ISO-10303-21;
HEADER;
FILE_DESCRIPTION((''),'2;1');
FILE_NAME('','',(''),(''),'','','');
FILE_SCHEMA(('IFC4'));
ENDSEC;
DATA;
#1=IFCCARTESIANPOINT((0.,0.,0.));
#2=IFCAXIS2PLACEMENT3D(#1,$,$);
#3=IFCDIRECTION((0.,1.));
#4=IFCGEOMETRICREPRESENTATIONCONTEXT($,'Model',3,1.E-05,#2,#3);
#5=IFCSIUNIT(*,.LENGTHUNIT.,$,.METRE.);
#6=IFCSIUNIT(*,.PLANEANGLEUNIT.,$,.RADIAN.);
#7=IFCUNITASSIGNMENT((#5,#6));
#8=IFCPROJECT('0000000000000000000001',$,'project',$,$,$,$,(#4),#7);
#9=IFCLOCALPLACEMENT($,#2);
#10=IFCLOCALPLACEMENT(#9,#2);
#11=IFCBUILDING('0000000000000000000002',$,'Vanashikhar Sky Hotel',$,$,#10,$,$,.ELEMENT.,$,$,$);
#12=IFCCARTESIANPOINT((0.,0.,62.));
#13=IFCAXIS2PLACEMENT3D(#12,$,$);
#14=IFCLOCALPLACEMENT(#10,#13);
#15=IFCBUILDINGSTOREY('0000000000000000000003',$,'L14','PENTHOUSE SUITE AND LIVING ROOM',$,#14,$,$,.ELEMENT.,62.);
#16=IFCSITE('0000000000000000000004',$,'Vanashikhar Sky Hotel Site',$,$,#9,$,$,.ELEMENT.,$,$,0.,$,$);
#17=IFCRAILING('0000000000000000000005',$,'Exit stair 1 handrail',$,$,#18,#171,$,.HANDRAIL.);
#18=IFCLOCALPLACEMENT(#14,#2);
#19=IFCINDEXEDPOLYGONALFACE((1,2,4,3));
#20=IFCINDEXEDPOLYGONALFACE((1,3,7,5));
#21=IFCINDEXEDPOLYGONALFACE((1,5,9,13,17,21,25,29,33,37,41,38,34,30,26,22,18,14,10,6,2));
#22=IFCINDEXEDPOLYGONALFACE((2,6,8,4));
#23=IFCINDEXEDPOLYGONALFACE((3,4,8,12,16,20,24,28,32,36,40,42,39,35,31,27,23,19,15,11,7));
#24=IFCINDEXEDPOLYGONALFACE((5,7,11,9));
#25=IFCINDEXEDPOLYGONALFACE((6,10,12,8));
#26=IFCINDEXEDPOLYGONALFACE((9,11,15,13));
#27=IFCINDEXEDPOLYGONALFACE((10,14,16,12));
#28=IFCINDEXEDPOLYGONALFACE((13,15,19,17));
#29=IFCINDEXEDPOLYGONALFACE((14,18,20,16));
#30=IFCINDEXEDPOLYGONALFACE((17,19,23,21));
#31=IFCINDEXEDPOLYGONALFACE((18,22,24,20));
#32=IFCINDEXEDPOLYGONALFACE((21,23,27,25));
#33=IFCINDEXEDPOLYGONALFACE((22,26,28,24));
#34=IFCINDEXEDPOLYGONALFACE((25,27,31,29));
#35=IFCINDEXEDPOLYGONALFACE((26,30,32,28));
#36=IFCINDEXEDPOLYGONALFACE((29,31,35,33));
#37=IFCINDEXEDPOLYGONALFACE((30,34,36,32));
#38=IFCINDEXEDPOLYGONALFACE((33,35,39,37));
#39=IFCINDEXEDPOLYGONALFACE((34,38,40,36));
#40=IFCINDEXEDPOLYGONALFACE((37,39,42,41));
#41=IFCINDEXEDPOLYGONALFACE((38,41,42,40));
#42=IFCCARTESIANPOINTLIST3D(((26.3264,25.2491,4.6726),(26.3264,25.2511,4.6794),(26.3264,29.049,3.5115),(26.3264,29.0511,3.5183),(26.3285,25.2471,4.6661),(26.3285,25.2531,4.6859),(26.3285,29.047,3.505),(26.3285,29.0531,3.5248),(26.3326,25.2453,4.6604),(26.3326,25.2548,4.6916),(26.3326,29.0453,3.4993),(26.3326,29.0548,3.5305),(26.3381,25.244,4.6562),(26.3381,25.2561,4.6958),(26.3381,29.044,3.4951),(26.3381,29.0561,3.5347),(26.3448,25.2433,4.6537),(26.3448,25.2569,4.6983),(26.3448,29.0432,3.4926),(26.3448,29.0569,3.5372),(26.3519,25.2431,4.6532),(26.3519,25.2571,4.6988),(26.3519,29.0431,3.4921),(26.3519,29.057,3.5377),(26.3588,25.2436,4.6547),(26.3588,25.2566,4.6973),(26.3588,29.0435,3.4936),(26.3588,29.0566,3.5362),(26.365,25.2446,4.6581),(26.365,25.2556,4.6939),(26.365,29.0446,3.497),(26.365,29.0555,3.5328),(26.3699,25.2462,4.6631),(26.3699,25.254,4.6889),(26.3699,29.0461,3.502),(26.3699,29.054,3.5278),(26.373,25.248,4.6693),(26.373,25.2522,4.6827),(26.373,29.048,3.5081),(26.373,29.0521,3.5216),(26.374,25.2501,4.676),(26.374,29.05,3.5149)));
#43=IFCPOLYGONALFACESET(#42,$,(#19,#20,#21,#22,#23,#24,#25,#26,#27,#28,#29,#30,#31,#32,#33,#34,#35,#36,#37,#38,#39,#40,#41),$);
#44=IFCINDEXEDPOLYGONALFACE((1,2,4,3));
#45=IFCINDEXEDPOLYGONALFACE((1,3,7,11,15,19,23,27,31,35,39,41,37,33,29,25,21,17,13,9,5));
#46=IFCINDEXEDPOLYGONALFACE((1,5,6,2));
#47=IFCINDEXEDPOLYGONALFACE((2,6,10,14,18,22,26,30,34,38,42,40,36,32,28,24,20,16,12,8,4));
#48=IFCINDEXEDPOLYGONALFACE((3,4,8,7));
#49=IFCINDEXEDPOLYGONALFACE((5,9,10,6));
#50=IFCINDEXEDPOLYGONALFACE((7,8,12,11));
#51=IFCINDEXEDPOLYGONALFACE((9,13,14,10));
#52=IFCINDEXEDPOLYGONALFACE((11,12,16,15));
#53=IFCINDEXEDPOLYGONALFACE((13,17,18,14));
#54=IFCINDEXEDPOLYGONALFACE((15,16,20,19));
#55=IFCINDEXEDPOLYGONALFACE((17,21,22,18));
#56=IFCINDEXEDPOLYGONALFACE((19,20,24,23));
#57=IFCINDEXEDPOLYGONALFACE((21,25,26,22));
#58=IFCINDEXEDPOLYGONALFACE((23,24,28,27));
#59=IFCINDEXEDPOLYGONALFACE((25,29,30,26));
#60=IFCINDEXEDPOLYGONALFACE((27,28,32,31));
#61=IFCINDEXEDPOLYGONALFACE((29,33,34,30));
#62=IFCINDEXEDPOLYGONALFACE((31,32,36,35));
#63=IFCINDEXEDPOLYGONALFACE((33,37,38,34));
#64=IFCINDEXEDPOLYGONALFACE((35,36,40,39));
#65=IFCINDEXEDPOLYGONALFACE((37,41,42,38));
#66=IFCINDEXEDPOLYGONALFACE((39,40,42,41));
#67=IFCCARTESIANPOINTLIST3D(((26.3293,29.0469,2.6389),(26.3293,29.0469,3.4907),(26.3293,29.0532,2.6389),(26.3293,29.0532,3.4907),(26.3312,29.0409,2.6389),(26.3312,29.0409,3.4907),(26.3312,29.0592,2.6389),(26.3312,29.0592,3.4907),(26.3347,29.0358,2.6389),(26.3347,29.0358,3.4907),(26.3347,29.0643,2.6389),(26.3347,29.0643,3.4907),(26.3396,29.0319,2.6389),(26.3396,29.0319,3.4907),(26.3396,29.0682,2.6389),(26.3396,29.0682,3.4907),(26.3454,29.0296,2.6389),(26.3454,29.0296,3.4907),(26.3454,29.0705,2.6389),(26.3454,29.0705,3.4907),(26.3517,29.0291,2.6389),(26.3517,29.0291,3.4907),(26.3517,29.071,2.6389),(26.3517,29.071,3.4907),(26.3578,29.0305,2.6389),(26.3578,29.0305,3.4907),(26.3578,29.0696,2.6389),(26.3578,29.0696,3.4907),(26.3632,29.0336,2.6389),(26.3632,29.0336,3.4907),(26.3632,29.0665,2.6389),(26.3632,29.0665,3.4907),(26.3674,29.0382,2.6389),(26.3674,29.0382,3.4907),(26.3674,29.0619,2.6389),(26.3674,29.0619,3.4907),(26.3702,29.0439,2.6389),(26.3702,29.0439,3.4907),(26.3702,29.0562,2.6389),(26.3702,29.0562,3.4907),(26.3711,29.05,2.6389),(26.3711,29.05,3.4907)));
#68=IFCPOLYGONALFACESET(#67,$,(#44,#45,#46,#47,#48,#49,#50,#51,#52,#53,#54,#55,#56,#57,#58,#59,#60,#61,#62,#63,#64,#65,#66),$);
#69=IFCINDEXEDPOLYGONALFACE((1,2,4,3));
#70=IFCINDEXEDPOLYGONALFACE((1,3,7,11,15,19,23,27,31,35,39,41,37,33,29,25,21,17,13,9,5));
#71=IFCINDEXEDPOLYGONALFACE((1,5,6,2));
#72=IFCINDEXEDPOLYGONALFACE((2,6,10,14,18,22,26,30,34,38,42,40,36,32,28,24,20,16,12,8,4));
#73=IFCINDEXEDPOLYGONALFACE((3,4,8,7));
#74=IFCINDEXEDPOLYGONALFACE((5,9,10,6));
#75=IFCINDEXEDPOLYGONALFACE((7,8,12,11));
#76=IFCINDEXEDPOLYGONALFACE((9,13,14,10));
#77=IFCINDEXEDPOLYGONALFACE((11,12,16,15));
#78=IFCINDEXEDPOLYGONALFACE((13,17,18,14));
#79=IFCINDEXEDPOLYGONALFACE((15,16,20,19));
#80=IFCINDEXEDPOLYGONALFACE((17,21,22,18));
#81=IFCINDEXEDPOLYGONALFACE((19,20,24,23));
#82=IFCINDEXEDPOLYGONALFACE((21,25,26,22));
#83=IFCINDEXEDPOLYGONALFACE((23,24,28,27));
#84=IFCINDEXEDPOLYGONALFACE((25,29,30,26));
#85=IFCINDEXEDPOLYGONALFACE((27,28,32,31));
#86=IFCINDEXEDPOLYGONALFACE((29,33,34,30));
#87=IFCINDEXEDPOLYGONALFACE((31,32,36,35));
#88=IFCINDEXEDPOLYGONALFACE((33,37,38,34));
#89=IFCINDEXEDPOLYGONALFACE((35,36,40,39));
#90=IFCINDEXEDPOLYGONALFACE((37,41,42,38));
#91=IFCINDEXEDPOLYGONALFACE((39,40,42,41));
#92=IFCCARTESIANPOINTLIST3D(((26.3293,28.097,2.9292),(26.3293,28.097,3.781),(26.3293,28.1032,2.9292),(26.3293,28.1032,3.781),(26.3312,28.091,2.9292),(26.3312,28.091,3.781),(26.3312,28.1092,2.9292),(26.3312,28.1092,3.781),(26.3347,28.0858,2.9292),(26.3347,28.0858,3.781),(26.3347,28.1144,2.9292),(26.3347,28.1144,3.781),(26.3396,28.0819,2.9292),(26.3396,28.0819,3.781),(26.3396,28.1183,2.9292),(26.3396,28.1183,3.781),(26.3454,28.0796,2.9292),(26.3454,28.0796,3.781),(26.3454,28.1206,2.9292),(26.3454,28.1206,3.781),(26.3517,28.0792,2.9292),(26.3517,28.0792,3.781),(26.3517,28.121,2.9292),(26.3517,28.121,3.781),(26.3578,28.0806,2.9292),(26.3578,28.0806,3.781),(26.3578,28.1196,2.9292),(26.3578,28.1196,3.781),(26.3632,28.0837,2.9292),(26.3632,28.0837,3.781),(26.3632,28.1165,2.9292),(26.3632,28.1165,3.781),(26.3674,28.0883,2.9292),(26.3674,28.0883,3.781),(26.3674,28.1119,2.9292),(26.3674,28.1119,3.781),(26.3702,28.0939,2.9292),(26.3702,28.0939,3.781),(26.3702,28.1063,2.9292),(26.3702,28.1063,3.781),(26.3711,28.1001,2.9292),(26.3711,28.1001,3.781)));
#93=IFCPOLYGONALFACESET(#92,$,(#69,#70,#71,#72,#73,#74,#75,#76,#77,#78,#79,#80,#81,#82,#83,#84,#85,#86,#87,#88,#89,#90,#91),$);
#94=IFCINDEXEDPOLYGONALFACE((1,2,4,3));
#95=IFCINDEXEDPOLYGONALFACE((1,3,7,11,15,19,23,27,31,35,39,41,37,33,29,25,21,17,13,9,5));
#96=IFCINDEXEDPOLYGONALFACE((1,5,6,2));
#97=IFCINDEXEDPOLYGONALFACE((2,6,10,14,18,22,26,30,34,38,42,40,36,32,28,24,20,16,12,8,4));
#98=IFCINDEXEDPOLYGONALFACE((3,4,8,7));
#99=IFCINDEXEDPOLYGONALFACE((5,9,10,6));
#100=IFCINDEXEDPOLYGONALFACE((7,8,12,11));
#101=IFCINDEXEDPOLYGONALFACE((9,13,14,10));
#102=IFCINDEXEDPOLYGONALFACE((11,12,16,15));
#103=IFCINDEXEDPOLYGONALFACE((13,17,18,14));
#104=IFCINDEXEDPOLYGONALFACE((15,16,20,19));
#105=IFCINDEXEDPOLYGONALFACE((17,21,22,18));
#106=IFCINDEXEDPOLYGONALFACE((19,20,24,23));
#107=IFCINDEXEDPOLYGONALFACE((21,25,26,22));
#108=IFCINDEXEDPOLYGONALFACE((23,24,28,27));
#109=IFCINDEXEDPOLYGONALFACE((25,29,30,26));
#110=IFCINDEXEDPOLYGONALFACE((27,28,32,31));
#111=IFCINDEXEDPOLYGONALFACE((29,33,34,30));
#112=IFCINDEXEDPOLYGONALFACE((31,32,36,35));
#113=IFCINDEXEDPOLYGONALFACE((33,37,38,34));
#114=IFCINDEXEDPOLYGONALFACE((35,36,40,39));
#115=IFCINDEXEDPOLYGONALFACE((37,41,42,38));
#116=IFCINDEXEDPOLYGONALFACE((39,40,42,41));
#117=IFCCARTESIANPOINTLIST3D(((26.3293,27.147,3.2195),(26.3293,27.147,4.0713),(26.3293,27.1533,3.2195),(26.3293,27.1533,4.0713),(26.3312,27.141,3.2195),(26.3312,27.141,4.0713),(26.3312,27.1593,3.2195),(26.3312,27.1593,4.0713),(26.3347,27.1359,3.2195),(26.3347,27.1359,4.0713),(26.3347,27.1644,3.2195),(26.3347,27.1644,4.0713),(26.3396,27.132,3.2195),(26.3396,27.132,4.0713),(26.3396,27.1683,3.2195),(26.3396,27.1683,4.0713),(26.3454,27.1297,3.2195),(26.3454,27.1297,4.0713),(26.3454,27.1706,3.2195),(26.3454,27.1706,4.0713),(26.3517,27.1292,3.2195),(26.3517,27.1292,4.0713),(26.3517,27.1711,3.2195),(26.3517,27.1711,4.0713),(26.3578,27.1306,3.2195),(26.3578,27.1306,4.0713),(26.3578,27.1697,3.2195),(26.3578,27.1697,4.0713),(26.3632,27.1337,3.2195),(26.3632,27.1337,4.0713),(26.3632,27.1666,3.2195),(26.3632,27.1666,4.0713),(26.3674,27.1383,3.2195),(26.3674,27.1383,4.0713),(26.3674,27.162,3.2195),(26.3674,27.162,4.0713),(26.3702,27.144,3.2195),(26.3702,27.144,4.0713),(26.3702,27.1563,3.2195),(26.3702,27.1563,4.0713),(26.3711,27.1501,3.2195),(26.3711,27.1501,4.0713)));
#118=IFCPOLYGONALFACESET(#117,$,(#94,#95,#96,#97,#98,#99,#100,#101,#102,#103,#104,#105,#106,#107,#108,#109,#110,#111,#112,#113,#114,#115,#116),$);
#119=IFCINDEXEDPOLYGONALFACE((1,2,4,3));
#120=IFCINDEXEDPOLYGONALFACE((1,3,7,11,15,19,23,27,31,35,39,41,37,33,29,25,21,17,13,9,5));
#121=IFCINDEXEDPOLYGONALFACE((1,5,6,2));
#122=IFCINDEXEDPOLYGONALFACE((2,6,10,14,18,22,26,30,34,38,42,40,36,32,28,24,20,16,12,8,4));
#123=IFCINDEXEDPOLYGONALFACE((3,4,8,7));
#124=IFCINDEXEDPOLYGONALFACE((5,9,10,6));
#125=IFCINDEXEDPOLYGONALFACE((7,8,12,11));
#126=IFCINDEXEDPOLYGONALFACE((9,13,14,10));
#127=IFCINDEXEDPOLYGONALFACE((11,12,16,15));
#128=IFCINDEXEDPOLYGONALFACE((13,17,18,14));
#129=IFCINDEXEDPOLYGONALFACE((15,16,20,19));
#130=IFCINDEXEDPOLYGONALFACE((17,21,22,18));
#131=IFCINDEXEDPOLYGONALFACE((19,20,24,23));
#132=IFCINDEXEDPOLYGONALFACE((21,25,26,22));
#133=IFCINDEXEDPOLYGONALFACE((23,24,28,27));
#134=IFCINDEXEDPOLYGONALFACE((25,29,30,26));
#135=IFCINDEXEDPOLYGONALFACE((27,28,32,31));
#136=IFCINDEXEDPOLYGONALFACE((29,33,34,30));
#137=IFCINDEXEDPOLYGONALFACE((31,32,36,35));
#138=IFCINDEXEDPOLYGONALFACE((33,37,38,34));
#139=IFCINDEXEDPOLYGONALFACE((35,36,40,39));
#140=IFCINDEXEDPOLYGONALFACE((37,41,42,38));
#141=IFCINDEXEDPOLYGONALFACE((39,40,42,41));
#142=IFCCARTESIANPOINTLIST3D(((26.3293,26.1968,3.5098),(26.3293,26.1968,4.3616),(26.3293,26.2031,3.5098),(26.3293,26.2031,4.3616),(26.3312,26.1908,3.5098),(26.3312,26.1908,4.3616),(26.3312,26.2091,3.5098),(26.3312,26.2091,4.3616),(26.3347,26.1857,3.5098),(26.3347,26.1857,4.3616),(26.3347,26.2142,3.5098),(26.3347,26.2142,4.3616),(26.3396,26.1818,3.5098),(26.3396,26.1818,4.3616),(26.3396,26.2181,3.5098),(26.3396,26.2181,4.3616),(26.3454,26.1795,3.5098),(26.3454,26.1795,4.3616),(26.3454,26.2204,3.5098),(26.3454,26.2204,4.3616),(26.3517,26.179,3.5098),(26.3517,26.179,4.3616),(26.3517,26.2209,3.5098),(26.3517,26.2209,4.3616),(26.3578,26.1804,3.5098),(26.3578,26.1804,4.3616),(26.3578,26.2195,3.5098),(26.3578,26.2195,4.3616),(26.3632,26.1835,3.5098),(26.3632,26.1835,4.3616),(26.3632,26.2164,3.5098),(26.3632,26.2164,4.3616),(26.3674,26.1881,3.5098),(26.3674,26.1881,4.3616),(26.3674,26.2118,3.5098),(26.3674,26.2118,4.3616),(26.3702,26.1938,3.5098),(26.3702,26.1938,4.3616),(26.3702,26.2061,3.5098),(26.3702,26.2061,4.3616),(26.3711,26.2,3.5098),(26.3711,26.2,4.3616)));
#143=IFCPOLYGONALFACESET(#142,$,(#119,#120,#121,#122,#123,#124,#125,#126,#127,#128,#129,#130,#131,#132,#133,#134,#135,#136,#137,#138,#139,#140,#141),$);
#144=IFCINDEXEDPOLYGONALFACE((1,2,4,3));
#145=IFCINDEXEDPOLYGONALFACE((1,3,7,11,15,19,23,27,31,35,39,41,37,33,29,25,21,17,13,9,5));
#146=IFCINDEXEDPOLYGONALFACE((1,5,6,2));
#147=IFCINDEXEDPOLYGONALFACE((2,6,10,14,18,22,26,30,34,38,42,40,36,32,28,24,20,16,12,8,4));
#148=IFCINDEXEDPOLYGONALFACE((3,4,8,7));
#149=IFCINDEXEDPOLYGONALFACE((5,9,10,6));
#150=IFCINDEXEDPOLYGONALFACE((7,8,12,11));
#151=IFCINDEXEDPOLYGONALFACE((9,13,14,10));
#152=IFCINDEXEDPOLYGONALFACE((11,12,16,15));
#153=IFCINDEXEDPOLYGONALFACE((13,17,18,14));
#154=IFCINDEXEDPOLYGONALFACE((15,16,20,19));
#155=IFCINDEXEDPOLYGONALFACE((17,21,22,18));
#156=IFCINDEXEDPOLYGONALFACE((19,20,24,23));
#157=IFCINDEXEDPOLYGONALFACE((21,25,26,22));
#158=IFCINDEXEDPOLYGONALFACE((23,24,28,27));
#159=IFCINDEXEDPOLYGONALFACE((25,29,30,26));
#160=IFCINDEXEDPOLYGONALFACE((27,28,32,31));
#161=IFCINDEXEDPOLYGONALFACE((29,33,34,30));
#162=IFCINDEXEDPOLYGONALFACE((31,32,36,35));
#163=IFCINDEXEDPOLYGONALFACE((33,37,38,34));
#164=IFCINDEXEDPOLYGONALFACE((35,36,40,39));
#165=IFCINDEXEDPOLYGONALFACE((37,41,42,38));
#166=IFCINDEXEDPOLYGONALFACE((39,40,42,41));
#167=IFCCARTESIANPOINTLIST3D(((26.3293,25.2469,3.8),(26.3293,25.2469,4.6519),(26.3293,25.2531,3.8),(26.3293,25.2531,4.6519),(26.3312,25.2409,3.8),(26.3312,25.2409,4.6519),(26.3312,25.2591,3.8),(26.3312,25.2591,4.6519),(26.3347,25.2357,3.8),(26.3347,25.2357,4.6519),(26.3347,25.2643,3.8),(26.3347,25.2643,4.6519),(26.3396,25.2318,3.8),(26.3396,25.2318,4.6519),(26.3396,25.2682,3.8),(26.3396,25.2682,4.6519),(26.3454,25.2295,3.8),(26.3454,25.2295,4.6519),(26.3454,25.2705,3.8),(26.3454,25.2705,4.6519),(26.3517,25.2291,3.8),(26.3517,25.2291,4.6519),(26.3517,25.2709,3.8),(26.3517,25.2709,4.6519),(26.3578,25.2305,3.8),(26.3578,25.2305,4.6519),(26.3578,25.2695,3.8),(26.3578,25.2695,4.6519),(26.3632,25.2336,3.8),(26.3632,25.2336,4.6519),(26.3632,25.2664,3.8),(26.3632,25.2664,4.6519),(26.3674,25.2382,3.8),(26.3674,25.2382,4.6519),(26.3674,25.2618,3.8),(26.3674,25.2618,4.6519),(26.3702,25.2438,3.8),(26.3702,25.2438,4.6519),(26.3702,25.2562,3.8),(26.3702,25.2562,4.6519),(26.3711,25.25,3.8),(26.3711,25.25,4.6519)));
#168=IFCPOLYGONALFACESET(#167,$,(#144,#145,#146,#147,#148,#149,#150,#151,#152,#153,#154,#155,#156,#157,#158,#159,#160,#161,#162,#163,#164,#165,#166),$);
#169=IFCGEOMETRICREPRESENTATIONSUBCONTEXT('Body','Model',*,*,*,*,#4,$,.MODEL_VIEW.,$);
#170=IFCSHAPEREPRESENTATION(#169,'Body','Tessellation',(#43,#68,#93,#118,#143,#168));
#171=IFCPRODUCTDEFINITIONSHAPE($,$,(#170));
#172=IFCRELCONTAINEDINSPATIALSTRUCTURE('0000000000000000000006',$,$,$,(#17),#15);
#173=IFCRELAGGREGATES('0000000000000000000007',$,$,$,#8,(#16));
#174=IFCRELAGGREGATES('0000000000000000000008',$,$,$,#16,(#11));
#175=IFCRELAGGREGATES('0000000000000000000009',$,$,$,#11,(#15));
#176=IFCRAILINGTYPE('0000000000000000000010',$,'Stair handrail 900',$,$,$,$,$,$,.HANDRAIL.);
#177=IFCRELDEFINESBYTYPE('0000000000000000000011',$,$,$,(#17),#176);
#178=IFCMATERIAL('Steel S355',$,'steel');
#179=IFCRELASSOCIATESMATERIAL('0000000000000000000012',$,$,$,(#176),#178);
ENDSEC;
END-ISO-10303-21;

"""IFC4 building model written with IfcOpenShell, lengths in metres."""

from ifc_helpers import new_model, si_unit, direction, frame, origin, origin_2d, place, context, subcontext, project, spatial, circle, extrude, source, transform, mapped, material, type_object, element, save


model = new_model("IFC4")

# Units and contexts
model_context = context("Model", 3, precision=1e-05, world=origin(), true_north=direction((0.0, 1.0)))
body_context = subcontext(model_context, "Body", "Model", "MODEL_VIEW")
ifc_project = project(units=[si_unit("LENGTHUNIT", "METRE"), si_unit("PLANEANGLEUNIT", "RADIAN")], contexts=[model_context])

# Site, building, storey
site_placement = place(None, origin())
site = spatial("IfcSite", under=ifc_project, at=site_placement, Name="Vanashikhar Sky Hotel Site", CompositionType="ELEMENT", RefElevation=0.0)
building_placement = place(site_placement, origin())
building = spatial("IfcBuilding", under=site, at=building_placement, Name="Vanashikhar Sky Hotel", CompositionType="ELEMENT")
storey_placement = place(building_placement, frame((0.0, 0.0, 62.0)))
storey = spatial("IfcBuildingStorey", under=building, at=storey_placement, Name="L14", Description="PENTHOUSE SUITE AND LIVING ROOM", CompositionType="ELEMENT", Elevation=62.0)

# Railing
ifc_material_1 = material(Name="Steel S355", Category="steel")
railing_type = type_object("IfcRailingType", Name="Stair handrail 900", PredefinedType="HANDRAIL", material=ifc_material_1)
shared_shape_1 = source(origin(), body_context, "Body", "SweptSolid", [
    extrude(circle(Radius=0.0239, at=origin_2d()), frame((0.0, 0.0, 0.876), z_axis=(0.0, -0.956351, 0.29222), x_axis=(1.0, 0.0, 0.0)), (0.0, 0.0, 1.0), 3.9734),
    extrude(circle(Radius=0.021, at=origin_2d()), origin(), (0.0, 0.0, 1.0), 0.8518),
    extrude(circle(Radius=0.021, at=origin_2d()), frame((0.0, -0.95, 0.2903)), (0.0, 0.0, 1.0), 0.8518),
    extrude(circle(Radius=0.021, at=origin_2d()), frame((0.0, -1.8999, 0.5806)), (0.0, 0.0, 1.0), 0.8518),
    extrude(circle(Radius=0.021, at=origin_2d()), frame((0.0, -2.8501, 0.8708)), (0.0, 0.0, 1.0), 0.8518),
    extrude(circle(Radius=0.021, at=origin_2d()), frame((0.0, -3.8, 1.1611)), (0.0, 0.0, 1.0), 0.8518),
])
for number, where, name in (
    (1, (26.3501, 29.05, 2.6389), "Exit stair 1 handrail"),
):
    element("IfcRailing", number, at=place(storey_placement, frame(where)), inside=storey, type_object=railing_type, Name=name, PredefinedType="HANDRAIL", context=body_context, shape_type="MappedRepresentation", body=[
        mapped(shared_shape_1, transform((0.0, 0.0, 0.0), scale=1.0)),
    ])

save(model, "model.ifc")
